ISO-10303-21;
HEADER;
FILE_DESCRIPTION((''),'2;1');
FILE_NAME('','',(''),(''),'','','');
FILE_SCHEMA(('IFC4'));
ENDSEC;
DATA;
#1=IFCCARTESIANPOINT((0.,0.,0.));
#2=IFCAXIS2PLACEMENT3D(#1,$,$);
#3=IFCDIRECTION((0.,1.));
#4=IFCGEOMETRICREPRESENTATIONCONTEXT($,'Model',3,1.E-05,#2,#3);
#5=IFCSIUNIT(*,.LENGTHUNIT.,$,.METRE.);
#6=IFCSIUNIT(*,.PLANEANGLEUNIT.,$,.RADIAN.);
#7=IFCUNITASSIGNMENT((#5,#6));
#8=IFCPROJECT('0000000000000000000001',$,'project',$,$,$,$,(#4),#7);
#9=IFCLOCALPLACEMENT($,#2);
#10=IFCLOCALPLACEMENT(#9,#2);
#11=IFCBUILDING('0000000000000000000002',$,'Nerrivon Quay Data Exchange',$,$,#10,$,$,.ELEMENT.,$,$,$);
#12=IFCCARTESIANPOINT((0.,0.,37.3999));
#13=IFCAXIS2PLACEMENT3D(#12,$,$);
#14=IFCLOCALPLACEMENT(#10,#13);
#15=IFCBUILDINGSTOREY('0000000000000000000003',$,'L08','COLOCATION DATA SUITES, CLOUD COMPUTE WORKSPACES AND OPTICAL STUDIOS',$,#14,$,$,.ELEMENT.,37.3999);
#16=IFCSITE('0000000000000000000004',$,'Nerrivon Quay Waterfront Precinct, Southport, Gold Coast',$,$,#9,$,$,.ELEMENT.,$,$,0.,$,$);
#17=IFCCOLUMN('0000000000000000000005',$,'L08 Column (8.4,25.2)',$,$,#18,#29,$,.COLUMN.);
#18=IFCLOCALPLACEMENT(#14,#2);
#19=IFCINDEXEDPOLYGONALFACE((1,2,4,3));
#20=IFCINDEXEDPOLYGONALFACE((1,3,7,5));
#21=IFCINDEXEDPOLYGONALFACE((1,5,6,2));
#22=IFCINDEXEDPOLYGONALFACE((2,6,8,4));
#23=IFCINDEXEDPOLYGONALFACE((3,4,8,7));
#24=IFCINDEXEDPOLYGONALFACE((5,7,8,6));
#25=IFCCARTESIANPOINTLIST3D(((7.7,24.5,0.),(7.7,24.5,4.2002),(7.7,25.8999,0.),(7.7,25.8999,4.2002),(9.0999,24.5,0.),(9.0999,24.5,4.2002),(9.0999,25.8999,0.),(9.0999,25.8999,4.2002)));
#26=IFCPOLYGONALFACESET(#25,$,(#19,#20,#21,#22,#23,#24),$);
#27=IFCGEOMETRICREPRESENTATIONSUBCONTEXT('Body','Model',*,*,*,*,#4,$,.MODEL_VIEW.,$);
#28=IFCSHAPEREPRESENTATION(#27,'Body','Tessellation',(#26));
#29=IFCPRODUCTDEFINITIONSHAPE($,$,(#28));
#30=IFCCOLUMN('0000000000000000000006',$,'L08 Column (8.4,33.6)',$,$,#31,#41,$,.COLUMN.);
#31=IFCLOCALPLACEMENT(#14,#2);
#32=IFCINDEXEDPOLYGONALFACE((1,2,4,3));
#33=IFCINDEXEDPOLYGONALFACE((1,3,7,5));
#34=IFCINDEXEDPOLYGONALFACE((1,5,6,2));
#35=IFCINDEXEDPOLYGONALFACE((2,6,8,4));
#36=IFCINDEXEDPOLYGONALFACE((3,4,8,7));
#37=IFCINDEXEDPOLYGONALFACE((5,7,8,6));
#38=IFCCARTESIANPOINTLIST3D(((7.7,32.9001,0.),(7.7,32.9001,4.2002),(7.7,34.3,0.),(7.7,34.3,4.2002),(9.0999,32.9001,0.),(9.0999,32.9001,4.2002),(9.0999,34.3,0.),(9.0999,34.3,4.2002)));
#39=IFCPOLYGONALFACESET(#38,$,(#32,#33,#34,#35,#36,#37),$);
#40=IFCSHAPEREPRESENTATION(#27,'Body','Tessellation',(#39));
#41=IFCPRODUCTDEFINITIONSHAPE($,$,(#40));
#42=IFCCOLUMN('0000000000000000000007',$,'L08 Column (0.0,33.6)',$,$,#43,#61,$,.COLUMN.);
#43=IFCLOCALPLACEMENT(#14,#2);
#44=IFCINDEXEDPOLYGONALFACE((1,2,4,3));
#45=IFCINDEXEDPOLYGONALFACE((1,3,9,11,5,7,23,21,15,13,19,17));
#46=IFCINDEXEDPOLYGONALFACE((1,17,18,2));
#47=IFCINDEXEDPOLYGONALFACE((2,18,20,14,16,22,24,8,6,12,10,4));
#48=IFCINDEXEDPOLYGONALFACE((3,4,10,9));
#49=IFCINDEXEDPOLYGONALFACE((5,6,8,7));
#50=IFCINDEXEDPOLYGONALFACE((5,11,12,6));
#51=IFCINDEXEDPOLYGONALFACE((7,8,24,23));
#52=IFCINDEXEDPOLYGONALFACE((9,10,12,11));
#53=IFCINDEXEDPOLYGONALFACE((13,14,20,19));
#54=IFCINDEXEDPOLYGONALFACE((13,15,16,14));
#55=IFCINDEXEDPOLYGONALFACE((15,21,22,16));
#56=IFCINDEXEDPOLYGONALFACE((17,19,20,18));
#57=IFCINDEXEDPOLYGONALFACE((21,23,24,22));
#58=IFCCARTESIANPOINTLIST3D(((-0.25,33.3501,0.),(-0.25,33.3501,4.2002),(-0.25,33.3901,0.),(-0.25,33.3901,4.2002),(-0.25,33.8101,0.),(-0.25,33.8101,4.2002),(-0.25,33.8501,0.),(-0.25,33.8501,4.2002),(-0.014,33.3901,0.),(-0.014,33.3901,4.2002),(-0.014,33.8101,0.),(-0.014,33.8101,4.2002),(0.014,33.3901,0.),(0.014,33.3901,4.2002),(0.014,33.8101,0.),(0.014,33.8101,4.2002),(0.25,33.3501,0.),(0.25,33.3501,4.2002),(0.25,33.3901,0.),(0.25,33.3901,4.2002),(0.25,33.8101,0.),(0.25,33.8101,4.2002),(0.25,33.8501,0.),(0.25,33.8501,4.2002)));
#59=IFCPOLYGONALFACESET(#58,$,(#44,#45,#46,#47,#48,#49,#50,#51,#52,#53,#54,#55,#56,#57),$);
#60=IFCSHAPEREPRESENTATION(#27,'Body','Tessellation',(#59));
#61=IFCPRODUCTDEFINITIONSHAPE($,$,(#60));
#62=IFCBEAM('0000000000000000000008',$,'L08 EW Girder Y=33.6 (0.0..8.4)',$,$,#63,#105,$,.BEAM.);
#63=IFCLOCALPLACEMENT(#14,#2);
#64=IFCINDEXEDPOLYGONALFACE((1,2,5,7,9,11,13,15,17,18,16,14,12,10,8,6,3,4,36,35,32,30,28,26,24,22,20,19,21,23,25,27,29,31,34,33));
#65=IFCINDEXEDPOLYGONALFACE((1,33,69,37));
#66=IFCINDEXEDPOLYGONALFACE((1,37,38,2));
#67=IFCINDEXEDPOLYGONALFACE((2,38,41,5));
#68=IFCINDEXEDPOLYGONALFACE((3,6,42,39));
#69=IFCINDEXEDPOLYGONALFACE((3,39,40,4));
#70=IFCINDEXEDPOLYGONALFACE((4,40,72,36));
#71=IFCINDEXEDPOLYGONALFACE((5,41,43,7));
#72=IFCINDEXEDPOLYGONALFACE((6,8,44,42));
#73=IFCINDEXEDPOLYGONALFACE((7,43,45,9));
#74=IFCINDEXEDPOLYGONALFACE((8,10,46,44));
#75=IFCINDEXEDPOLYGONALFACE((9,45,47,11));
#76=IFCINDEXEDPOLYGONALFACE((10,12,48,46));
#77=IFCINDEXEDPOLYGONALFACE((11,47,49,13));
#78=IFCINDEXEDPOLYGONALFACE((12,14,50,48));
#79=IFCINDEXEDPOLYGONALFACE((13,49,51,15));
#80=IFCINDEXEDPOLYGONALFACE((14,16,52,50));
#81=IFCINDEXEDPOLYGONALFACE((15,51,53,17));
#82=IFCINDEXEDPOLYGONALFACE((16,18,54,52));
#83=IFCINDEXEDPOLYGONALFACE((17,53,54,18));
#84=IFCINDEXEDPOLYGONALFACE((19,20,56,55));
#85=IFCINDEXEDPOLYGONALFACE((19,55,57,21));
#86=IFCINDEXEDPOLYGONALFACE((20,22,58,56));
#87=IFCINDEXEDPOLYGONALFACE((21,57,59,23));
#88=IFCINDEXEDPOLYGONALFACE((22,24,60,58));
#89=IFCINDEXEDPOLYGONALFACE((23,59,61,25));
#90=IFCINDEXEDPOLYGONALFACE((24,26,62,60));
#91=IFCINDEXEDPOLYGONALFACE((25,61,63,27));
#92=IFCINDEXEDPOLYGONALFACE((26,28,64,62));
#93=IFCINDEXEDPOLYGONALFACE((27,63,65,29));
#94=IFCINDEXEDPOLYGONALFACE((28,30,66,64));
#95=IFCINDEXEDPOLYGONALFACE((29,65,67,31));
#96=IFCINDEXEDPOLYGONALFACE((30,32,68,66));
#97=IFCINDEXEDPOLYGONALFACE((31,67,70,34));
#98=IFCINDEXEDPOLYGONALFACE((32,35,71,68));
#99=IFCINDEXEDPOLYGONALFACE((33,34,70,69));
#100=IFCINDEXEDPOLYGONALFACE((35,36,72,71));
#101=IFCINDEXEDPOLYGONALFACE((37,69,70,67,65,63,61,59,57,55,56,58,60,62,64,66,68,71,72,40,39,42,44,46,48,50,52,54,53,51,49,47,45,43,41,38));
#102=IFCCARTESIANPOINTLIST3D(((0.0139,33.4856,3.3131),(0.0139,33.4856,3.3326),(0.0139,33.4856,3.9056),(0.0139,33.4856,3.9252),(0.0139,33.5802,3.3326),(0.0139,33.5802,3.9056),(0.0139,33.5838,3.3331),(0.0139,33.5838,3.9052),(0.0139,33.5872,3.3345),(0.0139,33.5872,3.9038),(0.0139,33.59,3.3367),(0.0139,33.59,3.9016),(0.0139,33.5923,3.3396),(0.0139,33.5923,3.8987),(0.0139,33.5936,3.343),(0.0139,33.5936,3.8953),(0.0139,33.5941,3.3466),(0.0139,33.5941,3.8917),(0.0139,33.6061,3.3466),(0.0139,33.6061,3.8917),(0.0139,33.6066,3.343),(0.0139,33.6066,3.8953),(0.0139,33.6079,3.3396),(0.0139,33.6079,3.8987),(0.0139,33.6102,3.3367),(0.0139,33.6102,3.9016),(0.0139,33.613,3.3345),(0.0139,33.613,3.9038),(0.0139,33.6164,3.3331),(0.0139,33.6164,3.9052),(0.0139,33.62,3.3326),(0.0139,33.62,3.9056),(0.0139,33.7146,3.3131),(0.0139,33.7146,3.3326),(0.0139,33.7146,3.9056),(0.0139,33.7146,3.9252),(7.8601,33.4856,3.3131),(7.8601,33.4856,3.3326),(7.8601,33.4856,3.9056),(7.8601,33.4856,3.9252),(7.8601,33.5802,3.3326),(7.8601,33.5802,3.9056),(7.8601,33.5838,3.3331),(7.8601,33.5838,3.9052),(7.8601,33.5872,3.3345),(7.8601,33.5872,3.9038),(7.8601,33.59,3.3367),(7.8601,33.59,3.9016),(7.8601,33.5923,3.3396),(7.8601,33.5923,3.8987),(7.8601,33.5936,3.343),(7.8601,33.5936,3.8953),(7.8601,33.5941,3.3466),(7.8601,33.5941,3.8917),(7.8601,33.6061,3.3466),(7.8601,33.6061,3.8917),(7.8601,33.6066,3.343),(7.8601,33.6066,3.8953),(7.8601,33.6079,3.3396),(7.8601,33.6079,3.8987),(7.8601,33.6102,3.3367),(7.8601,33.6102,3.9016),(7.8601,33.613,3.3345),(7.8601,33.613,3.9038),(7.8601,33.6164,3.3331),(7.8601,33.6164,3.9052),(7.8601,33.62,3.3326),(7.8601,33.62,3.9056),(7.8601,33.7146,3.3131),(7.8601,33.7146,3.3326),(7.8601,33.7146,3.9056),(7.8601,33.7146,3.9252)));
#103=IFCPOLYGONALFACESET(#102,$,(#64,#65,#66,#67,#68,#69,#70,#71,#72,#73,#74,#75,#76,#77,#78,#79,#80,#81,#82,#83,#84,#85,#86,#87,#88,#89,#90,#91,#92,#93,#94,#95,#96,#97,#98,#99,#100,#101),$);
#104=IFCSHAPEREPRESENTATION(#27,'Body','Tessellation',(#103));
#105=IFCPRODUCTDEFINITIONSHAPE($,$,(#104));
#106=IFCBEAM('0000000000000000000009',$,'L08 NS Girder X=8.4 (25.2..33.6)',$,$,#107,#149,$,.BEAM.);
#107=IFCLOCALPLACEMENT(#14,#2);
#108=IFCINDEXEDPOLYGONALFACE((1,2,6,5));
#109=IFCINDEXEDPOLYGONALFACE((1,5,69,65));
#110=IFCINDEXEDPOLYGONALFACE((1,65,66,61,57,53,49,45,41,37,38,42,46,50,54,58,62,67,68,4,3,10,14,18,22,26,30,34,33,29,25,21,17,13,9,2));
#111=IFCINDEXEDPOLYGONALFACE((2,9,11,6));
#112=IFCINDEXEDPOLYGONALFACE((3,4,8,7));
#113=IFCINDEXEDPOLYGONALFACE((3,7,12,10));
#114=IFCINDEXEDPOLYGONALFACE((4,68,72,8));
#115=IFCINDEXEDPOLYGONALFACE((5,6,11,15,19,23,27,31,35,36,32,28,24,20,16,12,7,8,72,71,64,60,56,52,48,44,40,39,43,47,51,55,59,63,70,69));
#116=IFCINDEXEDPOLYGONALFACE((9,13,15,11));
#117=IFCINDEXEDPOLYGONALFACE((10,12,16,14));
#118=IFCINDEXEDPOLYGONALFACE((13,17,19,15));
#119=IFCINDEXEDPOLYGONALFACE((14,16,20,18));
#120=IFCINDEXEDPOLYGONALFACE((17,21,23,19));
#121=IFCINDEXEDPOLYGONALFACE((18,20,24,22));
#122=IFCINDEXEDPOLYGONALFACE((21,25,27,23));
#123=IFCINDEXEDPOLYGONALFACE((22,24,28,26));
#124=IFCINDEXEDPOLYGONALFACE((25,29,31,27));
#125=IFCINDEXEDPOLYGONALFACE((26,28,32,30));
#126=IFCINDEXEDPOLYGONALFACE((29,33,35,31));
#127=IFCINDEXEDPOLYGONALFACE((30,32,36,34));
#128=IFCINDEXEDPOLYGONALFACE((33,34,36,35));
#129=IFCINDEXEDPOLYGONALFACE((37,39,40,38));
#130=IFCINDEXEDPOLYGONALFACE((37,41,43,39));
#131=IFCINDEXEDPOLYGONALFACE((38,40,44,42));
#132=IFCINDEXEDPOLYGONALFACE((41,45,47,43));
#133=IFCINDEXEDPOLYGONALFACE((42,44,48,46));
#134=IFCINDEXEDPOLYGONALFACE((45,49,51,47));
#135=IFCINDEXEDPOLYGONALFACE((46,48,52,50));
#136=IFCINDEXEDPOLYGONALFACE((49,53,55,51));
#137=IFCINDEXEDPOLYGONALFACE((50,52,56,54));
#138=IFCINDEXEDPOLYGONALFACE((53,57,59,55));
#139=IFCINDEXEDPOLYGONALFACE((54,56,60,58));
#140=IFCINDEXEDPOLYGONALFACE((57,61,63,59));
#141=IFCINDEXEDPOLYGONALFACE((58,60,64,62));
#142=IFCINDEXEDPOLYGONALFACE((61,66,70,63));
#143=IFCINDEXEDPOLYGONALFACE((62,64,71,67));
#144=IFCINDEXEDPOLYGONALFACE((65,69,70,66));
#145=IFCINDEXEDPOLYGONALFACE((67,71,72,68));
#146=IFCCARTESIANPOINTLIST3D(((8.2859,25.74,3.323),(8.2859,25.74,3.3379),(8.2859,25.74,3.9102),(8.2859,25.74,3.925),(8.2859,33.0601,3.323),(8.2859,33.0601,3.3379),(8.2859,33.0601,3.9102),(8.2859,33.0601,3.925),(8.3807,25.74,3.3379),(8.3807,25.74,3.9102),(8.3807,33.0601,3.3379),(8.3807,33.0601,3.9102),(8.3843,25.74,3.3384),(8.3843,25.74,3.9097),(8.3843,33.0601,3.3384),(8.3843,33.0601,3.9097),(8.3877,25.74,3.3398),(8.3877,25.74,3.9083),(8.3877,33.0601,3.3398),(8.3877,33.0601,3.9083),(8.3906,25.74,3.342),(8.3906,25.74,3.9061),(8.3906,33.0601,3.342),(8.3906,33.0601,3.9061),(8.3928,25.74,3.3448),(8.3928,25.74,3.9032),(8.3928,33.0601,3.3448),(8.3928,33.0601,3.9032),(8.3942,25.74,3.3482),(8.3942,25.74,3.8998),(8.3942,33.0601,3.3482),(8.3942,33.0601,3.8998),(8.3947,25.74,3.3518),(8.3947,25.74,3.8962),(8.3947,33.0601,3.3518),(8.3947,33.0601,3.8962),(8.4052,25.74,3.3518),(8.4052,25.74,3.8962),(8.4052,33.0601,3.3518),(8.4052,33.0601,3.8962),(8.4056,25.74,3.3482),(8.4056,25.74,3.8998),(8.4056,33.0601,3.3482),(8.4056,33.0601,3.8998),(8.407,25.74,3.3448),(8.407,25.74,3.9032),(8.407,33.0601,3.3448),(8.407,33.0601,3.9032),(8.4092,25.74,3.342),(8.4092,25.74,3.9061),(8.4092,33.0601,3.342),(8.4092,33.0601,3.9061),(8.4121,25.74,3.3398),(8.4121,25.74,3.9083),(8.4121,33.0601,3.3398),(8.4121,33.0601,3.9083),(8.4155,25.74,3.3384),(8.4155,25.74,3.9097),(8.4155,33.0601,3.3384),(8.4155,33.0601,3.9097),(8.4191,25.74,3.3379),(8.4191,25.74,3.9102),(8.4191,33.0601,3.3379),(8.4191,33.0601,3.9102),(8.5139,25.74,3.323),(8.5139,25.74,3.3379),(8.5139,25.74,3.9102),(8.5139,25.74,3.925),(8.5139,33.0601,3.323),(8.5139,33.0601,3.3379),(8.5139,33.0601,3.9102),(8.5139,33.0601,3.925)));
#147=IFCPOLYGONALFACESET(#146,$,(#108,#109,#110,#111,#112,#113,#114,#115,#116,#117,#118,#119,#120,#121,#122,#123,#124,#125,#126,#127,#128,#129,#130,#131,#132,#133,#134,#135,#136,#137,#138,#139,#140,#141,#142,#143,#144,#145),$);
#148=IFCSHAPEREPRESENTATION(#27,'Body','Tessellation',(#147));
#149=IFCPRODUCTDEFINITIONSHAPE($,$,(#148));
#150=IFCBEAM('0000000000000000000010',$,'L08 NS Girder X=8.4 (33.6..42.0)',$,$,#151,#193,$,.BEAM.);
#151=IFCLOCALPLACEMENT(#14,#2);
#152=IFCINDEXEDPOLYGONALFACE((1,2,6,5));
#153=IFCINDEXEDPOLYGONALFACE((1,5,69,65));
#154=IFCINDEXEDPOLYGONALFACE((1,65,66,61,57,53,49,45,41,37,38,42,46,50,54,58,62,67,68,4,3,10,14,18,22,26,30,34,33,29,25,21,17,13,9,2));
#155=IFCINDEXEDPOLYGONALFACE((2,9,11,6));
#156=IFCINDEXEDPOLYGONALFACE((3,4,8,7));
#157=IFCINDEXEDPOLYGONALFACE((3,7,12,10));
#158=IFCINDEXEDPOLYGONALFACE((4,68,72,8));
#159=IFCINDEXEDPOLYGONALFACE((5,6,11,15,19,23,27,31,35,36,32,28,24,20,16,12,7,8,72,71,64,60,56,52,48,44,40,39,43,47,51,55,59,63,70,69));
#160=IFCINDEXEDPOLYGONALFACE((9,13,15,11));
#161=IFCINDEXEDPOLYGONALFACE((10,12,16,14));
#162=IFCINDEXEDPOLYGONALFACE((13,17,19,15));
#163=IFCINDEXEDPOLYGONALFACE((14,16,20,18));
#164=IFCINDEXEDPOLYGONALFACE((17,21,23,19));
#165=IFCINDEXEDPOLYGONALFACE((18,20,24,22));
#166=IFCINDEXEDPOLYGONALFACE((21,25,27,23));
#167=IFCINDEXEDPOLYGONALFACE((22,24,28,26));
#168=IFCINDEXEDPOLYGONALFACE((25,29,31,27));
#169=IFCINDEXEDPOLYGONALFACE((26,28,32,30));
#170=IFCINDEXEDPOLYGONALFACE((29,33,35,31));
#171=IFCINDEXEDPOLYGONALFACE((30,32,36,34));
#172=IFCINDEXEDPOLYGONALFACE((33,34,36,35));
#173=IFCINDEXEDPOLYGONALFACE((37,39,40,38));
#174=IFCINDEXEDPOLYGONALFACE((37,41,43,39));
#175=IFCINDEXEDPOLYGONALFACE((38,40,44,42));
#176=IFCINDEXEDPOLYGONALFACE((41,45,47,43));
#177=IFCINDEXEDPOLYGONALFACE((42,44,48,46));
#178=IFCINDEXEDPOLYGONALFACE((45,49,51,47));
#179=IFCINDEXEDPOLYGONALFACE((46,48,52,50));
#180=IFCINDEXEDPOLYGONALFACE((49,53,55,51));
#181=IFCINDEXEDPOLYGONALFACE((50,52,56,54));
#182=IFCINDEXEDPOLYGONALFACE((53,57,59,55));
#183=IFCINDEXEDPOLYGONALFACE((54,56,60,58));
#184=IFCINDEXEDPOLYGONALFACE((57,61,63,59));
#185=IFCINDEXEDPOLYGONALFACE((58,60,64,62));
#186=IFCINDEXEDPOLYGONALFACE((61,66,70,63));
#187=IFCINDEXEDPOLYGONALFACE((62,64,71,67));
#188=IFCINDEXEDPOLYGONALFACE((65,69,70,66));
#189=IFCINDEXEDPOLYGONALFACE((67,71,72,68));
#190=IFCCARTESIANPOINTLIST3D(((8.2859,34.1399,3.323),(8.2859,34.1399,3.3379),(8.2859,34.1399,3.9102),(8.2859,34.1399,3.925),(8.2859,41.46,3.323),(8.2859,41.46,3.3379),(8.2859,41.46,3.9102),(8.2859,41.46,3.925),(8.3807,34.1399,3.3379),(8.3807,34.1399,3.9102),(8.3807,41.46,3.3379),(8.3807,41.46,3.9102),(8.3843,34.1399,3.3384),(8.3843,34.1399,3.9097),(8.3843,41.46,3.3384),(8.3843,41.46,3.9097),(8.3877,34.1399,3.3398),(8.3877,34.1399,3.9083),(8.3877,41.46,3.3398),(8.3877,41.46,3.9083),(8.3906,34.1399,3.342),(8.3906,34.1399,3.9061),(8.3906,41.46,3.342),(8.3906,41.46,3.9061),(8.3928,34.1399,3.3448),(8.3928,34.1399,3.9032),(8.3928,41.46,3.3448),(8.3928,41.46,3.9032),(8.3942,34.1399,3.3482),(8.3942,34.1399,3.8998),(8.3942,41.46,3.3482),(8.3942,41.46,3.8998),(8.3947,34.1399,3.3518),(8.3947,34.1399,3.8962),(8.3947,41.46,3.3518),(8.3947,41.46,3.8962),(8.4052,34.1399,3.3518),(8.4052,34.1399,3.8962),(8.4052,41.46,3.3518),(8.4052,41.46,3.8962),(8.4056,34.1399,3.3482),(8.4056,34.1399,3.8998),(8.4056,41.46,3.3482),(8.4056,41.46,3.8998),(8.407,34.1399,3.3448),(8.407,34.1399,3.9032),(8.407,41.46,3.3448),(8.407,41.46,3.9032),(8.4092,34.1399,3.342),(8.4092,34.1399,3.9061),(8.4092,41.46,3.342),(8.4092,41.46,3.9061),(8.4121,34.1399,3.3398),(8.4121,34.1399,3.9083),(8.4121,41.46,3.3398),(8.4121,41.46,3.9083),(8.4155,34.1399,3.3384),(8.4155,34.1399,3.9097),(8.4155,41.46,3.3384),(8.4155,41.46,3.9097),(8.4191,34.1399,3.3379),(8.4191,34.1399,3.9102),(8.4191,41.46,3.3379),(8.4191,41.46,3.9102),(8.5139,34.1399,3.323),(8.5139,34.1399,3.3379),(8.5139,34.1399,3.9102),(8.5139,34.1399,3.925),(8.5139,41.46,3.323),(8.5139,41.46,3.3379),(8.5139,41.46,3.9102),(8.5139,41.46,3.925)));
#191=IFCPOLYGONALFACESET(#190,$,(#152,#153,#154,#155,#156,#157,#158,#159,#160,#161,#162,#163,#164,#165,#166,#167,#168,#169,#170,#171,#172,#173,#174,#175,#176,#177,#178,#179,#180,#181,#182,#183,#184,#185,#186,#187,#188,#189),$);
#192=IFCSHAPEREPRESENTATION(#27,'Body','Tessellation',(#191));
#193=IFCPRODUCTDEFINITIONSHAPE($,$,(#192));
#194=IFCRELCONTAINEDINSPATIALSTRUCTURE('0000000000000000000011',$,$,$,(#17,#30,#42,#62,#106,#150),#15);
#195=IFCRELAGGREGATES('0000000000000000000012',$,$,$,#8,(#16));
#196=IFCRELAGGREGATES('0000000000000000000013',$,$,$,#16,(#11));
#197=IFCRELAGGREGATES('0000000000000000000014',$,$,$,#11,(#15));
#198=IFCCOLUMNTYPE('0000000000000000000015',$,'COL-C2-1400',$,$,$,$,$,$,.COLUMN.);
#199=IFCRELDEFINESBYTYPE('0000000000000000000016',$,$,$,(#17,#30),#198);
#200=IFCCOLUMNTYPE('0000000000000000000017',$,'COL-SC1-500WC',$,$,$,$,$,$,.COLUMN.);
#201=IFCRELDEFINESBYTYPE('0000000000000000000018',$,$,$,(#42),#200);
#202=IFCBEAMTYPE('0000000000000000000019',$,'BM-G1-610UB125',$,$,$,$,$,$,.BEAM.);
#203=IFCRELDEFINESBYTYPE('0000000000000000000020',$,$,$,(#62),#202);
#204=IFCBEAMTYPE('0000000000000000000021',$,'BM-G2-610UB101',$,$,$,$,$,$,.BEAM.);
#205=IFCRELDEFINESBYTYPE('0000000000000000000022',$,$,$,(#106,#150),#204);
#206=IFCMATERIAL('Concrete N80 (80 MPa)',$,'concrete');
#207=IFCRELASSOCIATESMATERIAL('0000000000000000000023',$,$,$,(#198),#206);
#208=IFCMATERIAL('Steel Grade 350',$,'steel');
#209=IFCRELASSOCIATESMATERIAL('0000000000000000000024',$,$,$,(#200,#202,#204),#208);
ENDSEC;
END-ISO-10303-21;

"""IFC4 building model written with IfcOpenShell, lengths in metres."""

from ifc_helpers import new_model, si_unit, direction, frame, origin, origin_2d, place, context, subcontext, project, spatial, rectangle, i_section, extrude, material, material_profile, profile_set, type_object, element, save


model = new_model("IFC4")

# Units and contexts
model_context = context("Model", 3, precision=1e-05, world=origin(), true_north=direction((0.0, 1.0)))
body_context = subcontext(model_context, "Body", "Model", "MODEL_VIEW")
ifc_project = project(units=[si_unit("LENGTHUNIT", "METRE"), si_unit("PLANEANGLEUNIT", "RADIAN")], contexts=[model_context])

# Site, building, storey
site_placement = place(None, origin())
site = spatial("IfcSite", under=ifc_project, at=site_placement, Name="Nerrivon Quay Waterfront Precinct, Southport, Gold Coast", CompositionType="ELEMENT", RefElevation=0.0)
building_placement = place(site_placement, origin())
building = spatial("IfcBuilding", under=site, at=building_placement, Name="Nerrivon Quay Data Exchange", CompositionType="ELEMENT")
storey_placement = place(building_placement, frame((0.0, 0.0, 37.3999)))
storey = spatial("IfcBuildingStorey", under=building, at=storey_placement, Name="L08", Description="COLOCATION DATA SUITES, CLOUD COMPUTE WORKSPACES AND OPTICAL STUDIOS", CompositionType="ELEMENT", Elevation=37.3999)

# Columns
ifc_material_1 = material(Name="Concrete N80 (80 MPa)", Category="concrete")
ifc_material_profile_1 = material_profile(ifc_material_1, rectangle(XDim=1.3999, YDim=1.3999, at=origin_2d()), Name="RC-COL-1400x1400")
ifc_profile_set_1 = profile_set([ifc_material_profile_1], Name="Concrete N80 (80 MPa)")
column_type_1 = type_object("IfcColumnType", Name="COL-C2-1400", PredefinedType="COLUMN", material=ifc_profile_set_1)
for number, where, z_axis, x_axis, name in (
    (1, (8.3999, 25.2, 0.0), (0.0, 0.0, 1.0), (1.0, 0.0, 0.0), "L08 Column (8.4,25.2)"),
    (2, (8.3999, 33.6001, 0.0), (0.0, 0.0, 1.0), (1.0, 0.0, 0.0), "L08 Column (8.4,33.6)"),
):
    element("IfcColumn", number, at=place(storey_placement, frame(where, z_axis=z_axis, x_axis=x_axis)), inside=storey, type_object=column_type_1, Name=name, PredefinedType="COLUMN", context=body_context, shape_type="SweptSolid", body=[
        extrude(rectangle(XDim=1.3999, YDim=1.3999, at=origin_2d()), origin(), (0.0, 0.0, 1.0), 4.2002),
    ])
ifc_material_2 = material(Name="Steel Grade 350", Category="steel")
ifc_material_profile_2 = material_profile(ifc_material_2, i_section(OverallWidth=0.5, OverallDepth=0.5, WebThickness=0.0281, FlangeThickness=0.04, at=origin_2d()), Name="500WC440")
ifc_profile_set_2 = profile_set([ifc_material_profile_2], Name="Steel Grade 350")
column_type_2 = type_object("IfcColumnType", Name="COL-SC1-500WC", PredefinedType="COLUMN", material=ifc_profile_set_2)
column_placement = place(storey_placement, frame((0.0, 33.6001, 0.0), z_axis=(0.0, 0.0, 1.0), x_axis=(1.0, 0.0, 0.0)))
element("IfcColumn", 3, at=column_placement, inside=storey, type_object=column_type_2, Name="L08 Column (0.0,33.6)", PredefinedType="COLUMN", context=body_context, shape_type="SweptSolid", body=[
    extrude(i_section(OverallWidth=0.5, OverallDepth=0.5, WebThickness=0.0281, FlangeThickness=0.04, at=origin_2d()), origin(), (0.0, 0.0, 1.0), 4.2002),
])

# Beams
ifc_material_profile_3 = material_profile(ifc_material_2, i_section(OverallWidth=0.229, OverallDepth=0.6121, WebThickness=0.012, FlangeThickness=0.0195, FilletRadius=0.0139, at=origin_2d()), Name="610UB125")
ifc_profile_set_3 = profile_set([ifc_material_profile_3], Name="Steel Grade 350")
beam_type_1 = type_object("IfcBeamType", Name="BM-G1-610UB125", PredefinedType="BEAM", material=ifc_profile_set_3)
beam_1_placement = place(storey_placement, frame((0.0139, 33.6001, 3.6191), z_axis=(1.0, 0.0, 0.0), x_axis=(0.0, 1.0, 0.0)))
element("IfcBeam", 4, at=beam_1_placement, inside=storey, type_object=beam_type_1, Name="L08 EW Girder Y=33.6 (0.0..8.4)", PredefinedType="BEAM", context=body_context, shape_type="SweptSolid", body=[
    extrude(i_section(OverallWidth=0.229, OverallDepth=0.6121, WebThickness=0.012, FlangeThickness=0.0195, FilletRadius=0.0139, at=origin_2d()), origin(), (0.0, 0.0, 1.0), 7.8462),
])
ifc_material_profile_4 = material_profile(ifc_material_2, i_section(OverallWidth=0.228, OverallDepth=0.6021, WebThickness=0.0105, FlangeThickness=0.0149, FilletRadius=0.0139, at=origin_2d()), Name="610UB101")
ifc_profile_set_4 = profile_set([ifc_material_profile_4], Name="Steel Grade 350")
beam_type_2 = type_object("IfcBeamType", Name="BM-G2-610UB101", PredefinedType="BEAM", material=ifc_profile_set_4)
for number, where, z_axis, x_axis, name in (
    (5, (8.3999, 25.74, 3.624), (0.0, 1.0, 0.0), (-1.0, 0.0, 0.0), "L08 NS Girder X=8.4 (25.2..33.6)"),
    (6, (8.3999, 34.1399, 3.624), (0.0, 1.0, 0.0), (-1.0, 0.0, 0.0), "L08 NS Girder X=8.4 (33.6..42.0)"),
):
    element("IfcBeam", number, at=place(storey_placement, frame(where, z_axis=z_axis, x_axis=x_axis)), inside=storey, type_object=beam_type_2, Name=name, PredefinedType="BEAM", context=body_context, shape_type="SweptSolid", body=[
        extrude(i_section(OverallWidth=0.228, OverallDepth=0.6021, WebThickness=0.0105, FlangeThickness=0.0149, FilletRadius=0.0139, at=origin_2d()), origin(), (0.0, 0.0, 1.0), 7.3201),
    ])

save(model, "model.ifc")
